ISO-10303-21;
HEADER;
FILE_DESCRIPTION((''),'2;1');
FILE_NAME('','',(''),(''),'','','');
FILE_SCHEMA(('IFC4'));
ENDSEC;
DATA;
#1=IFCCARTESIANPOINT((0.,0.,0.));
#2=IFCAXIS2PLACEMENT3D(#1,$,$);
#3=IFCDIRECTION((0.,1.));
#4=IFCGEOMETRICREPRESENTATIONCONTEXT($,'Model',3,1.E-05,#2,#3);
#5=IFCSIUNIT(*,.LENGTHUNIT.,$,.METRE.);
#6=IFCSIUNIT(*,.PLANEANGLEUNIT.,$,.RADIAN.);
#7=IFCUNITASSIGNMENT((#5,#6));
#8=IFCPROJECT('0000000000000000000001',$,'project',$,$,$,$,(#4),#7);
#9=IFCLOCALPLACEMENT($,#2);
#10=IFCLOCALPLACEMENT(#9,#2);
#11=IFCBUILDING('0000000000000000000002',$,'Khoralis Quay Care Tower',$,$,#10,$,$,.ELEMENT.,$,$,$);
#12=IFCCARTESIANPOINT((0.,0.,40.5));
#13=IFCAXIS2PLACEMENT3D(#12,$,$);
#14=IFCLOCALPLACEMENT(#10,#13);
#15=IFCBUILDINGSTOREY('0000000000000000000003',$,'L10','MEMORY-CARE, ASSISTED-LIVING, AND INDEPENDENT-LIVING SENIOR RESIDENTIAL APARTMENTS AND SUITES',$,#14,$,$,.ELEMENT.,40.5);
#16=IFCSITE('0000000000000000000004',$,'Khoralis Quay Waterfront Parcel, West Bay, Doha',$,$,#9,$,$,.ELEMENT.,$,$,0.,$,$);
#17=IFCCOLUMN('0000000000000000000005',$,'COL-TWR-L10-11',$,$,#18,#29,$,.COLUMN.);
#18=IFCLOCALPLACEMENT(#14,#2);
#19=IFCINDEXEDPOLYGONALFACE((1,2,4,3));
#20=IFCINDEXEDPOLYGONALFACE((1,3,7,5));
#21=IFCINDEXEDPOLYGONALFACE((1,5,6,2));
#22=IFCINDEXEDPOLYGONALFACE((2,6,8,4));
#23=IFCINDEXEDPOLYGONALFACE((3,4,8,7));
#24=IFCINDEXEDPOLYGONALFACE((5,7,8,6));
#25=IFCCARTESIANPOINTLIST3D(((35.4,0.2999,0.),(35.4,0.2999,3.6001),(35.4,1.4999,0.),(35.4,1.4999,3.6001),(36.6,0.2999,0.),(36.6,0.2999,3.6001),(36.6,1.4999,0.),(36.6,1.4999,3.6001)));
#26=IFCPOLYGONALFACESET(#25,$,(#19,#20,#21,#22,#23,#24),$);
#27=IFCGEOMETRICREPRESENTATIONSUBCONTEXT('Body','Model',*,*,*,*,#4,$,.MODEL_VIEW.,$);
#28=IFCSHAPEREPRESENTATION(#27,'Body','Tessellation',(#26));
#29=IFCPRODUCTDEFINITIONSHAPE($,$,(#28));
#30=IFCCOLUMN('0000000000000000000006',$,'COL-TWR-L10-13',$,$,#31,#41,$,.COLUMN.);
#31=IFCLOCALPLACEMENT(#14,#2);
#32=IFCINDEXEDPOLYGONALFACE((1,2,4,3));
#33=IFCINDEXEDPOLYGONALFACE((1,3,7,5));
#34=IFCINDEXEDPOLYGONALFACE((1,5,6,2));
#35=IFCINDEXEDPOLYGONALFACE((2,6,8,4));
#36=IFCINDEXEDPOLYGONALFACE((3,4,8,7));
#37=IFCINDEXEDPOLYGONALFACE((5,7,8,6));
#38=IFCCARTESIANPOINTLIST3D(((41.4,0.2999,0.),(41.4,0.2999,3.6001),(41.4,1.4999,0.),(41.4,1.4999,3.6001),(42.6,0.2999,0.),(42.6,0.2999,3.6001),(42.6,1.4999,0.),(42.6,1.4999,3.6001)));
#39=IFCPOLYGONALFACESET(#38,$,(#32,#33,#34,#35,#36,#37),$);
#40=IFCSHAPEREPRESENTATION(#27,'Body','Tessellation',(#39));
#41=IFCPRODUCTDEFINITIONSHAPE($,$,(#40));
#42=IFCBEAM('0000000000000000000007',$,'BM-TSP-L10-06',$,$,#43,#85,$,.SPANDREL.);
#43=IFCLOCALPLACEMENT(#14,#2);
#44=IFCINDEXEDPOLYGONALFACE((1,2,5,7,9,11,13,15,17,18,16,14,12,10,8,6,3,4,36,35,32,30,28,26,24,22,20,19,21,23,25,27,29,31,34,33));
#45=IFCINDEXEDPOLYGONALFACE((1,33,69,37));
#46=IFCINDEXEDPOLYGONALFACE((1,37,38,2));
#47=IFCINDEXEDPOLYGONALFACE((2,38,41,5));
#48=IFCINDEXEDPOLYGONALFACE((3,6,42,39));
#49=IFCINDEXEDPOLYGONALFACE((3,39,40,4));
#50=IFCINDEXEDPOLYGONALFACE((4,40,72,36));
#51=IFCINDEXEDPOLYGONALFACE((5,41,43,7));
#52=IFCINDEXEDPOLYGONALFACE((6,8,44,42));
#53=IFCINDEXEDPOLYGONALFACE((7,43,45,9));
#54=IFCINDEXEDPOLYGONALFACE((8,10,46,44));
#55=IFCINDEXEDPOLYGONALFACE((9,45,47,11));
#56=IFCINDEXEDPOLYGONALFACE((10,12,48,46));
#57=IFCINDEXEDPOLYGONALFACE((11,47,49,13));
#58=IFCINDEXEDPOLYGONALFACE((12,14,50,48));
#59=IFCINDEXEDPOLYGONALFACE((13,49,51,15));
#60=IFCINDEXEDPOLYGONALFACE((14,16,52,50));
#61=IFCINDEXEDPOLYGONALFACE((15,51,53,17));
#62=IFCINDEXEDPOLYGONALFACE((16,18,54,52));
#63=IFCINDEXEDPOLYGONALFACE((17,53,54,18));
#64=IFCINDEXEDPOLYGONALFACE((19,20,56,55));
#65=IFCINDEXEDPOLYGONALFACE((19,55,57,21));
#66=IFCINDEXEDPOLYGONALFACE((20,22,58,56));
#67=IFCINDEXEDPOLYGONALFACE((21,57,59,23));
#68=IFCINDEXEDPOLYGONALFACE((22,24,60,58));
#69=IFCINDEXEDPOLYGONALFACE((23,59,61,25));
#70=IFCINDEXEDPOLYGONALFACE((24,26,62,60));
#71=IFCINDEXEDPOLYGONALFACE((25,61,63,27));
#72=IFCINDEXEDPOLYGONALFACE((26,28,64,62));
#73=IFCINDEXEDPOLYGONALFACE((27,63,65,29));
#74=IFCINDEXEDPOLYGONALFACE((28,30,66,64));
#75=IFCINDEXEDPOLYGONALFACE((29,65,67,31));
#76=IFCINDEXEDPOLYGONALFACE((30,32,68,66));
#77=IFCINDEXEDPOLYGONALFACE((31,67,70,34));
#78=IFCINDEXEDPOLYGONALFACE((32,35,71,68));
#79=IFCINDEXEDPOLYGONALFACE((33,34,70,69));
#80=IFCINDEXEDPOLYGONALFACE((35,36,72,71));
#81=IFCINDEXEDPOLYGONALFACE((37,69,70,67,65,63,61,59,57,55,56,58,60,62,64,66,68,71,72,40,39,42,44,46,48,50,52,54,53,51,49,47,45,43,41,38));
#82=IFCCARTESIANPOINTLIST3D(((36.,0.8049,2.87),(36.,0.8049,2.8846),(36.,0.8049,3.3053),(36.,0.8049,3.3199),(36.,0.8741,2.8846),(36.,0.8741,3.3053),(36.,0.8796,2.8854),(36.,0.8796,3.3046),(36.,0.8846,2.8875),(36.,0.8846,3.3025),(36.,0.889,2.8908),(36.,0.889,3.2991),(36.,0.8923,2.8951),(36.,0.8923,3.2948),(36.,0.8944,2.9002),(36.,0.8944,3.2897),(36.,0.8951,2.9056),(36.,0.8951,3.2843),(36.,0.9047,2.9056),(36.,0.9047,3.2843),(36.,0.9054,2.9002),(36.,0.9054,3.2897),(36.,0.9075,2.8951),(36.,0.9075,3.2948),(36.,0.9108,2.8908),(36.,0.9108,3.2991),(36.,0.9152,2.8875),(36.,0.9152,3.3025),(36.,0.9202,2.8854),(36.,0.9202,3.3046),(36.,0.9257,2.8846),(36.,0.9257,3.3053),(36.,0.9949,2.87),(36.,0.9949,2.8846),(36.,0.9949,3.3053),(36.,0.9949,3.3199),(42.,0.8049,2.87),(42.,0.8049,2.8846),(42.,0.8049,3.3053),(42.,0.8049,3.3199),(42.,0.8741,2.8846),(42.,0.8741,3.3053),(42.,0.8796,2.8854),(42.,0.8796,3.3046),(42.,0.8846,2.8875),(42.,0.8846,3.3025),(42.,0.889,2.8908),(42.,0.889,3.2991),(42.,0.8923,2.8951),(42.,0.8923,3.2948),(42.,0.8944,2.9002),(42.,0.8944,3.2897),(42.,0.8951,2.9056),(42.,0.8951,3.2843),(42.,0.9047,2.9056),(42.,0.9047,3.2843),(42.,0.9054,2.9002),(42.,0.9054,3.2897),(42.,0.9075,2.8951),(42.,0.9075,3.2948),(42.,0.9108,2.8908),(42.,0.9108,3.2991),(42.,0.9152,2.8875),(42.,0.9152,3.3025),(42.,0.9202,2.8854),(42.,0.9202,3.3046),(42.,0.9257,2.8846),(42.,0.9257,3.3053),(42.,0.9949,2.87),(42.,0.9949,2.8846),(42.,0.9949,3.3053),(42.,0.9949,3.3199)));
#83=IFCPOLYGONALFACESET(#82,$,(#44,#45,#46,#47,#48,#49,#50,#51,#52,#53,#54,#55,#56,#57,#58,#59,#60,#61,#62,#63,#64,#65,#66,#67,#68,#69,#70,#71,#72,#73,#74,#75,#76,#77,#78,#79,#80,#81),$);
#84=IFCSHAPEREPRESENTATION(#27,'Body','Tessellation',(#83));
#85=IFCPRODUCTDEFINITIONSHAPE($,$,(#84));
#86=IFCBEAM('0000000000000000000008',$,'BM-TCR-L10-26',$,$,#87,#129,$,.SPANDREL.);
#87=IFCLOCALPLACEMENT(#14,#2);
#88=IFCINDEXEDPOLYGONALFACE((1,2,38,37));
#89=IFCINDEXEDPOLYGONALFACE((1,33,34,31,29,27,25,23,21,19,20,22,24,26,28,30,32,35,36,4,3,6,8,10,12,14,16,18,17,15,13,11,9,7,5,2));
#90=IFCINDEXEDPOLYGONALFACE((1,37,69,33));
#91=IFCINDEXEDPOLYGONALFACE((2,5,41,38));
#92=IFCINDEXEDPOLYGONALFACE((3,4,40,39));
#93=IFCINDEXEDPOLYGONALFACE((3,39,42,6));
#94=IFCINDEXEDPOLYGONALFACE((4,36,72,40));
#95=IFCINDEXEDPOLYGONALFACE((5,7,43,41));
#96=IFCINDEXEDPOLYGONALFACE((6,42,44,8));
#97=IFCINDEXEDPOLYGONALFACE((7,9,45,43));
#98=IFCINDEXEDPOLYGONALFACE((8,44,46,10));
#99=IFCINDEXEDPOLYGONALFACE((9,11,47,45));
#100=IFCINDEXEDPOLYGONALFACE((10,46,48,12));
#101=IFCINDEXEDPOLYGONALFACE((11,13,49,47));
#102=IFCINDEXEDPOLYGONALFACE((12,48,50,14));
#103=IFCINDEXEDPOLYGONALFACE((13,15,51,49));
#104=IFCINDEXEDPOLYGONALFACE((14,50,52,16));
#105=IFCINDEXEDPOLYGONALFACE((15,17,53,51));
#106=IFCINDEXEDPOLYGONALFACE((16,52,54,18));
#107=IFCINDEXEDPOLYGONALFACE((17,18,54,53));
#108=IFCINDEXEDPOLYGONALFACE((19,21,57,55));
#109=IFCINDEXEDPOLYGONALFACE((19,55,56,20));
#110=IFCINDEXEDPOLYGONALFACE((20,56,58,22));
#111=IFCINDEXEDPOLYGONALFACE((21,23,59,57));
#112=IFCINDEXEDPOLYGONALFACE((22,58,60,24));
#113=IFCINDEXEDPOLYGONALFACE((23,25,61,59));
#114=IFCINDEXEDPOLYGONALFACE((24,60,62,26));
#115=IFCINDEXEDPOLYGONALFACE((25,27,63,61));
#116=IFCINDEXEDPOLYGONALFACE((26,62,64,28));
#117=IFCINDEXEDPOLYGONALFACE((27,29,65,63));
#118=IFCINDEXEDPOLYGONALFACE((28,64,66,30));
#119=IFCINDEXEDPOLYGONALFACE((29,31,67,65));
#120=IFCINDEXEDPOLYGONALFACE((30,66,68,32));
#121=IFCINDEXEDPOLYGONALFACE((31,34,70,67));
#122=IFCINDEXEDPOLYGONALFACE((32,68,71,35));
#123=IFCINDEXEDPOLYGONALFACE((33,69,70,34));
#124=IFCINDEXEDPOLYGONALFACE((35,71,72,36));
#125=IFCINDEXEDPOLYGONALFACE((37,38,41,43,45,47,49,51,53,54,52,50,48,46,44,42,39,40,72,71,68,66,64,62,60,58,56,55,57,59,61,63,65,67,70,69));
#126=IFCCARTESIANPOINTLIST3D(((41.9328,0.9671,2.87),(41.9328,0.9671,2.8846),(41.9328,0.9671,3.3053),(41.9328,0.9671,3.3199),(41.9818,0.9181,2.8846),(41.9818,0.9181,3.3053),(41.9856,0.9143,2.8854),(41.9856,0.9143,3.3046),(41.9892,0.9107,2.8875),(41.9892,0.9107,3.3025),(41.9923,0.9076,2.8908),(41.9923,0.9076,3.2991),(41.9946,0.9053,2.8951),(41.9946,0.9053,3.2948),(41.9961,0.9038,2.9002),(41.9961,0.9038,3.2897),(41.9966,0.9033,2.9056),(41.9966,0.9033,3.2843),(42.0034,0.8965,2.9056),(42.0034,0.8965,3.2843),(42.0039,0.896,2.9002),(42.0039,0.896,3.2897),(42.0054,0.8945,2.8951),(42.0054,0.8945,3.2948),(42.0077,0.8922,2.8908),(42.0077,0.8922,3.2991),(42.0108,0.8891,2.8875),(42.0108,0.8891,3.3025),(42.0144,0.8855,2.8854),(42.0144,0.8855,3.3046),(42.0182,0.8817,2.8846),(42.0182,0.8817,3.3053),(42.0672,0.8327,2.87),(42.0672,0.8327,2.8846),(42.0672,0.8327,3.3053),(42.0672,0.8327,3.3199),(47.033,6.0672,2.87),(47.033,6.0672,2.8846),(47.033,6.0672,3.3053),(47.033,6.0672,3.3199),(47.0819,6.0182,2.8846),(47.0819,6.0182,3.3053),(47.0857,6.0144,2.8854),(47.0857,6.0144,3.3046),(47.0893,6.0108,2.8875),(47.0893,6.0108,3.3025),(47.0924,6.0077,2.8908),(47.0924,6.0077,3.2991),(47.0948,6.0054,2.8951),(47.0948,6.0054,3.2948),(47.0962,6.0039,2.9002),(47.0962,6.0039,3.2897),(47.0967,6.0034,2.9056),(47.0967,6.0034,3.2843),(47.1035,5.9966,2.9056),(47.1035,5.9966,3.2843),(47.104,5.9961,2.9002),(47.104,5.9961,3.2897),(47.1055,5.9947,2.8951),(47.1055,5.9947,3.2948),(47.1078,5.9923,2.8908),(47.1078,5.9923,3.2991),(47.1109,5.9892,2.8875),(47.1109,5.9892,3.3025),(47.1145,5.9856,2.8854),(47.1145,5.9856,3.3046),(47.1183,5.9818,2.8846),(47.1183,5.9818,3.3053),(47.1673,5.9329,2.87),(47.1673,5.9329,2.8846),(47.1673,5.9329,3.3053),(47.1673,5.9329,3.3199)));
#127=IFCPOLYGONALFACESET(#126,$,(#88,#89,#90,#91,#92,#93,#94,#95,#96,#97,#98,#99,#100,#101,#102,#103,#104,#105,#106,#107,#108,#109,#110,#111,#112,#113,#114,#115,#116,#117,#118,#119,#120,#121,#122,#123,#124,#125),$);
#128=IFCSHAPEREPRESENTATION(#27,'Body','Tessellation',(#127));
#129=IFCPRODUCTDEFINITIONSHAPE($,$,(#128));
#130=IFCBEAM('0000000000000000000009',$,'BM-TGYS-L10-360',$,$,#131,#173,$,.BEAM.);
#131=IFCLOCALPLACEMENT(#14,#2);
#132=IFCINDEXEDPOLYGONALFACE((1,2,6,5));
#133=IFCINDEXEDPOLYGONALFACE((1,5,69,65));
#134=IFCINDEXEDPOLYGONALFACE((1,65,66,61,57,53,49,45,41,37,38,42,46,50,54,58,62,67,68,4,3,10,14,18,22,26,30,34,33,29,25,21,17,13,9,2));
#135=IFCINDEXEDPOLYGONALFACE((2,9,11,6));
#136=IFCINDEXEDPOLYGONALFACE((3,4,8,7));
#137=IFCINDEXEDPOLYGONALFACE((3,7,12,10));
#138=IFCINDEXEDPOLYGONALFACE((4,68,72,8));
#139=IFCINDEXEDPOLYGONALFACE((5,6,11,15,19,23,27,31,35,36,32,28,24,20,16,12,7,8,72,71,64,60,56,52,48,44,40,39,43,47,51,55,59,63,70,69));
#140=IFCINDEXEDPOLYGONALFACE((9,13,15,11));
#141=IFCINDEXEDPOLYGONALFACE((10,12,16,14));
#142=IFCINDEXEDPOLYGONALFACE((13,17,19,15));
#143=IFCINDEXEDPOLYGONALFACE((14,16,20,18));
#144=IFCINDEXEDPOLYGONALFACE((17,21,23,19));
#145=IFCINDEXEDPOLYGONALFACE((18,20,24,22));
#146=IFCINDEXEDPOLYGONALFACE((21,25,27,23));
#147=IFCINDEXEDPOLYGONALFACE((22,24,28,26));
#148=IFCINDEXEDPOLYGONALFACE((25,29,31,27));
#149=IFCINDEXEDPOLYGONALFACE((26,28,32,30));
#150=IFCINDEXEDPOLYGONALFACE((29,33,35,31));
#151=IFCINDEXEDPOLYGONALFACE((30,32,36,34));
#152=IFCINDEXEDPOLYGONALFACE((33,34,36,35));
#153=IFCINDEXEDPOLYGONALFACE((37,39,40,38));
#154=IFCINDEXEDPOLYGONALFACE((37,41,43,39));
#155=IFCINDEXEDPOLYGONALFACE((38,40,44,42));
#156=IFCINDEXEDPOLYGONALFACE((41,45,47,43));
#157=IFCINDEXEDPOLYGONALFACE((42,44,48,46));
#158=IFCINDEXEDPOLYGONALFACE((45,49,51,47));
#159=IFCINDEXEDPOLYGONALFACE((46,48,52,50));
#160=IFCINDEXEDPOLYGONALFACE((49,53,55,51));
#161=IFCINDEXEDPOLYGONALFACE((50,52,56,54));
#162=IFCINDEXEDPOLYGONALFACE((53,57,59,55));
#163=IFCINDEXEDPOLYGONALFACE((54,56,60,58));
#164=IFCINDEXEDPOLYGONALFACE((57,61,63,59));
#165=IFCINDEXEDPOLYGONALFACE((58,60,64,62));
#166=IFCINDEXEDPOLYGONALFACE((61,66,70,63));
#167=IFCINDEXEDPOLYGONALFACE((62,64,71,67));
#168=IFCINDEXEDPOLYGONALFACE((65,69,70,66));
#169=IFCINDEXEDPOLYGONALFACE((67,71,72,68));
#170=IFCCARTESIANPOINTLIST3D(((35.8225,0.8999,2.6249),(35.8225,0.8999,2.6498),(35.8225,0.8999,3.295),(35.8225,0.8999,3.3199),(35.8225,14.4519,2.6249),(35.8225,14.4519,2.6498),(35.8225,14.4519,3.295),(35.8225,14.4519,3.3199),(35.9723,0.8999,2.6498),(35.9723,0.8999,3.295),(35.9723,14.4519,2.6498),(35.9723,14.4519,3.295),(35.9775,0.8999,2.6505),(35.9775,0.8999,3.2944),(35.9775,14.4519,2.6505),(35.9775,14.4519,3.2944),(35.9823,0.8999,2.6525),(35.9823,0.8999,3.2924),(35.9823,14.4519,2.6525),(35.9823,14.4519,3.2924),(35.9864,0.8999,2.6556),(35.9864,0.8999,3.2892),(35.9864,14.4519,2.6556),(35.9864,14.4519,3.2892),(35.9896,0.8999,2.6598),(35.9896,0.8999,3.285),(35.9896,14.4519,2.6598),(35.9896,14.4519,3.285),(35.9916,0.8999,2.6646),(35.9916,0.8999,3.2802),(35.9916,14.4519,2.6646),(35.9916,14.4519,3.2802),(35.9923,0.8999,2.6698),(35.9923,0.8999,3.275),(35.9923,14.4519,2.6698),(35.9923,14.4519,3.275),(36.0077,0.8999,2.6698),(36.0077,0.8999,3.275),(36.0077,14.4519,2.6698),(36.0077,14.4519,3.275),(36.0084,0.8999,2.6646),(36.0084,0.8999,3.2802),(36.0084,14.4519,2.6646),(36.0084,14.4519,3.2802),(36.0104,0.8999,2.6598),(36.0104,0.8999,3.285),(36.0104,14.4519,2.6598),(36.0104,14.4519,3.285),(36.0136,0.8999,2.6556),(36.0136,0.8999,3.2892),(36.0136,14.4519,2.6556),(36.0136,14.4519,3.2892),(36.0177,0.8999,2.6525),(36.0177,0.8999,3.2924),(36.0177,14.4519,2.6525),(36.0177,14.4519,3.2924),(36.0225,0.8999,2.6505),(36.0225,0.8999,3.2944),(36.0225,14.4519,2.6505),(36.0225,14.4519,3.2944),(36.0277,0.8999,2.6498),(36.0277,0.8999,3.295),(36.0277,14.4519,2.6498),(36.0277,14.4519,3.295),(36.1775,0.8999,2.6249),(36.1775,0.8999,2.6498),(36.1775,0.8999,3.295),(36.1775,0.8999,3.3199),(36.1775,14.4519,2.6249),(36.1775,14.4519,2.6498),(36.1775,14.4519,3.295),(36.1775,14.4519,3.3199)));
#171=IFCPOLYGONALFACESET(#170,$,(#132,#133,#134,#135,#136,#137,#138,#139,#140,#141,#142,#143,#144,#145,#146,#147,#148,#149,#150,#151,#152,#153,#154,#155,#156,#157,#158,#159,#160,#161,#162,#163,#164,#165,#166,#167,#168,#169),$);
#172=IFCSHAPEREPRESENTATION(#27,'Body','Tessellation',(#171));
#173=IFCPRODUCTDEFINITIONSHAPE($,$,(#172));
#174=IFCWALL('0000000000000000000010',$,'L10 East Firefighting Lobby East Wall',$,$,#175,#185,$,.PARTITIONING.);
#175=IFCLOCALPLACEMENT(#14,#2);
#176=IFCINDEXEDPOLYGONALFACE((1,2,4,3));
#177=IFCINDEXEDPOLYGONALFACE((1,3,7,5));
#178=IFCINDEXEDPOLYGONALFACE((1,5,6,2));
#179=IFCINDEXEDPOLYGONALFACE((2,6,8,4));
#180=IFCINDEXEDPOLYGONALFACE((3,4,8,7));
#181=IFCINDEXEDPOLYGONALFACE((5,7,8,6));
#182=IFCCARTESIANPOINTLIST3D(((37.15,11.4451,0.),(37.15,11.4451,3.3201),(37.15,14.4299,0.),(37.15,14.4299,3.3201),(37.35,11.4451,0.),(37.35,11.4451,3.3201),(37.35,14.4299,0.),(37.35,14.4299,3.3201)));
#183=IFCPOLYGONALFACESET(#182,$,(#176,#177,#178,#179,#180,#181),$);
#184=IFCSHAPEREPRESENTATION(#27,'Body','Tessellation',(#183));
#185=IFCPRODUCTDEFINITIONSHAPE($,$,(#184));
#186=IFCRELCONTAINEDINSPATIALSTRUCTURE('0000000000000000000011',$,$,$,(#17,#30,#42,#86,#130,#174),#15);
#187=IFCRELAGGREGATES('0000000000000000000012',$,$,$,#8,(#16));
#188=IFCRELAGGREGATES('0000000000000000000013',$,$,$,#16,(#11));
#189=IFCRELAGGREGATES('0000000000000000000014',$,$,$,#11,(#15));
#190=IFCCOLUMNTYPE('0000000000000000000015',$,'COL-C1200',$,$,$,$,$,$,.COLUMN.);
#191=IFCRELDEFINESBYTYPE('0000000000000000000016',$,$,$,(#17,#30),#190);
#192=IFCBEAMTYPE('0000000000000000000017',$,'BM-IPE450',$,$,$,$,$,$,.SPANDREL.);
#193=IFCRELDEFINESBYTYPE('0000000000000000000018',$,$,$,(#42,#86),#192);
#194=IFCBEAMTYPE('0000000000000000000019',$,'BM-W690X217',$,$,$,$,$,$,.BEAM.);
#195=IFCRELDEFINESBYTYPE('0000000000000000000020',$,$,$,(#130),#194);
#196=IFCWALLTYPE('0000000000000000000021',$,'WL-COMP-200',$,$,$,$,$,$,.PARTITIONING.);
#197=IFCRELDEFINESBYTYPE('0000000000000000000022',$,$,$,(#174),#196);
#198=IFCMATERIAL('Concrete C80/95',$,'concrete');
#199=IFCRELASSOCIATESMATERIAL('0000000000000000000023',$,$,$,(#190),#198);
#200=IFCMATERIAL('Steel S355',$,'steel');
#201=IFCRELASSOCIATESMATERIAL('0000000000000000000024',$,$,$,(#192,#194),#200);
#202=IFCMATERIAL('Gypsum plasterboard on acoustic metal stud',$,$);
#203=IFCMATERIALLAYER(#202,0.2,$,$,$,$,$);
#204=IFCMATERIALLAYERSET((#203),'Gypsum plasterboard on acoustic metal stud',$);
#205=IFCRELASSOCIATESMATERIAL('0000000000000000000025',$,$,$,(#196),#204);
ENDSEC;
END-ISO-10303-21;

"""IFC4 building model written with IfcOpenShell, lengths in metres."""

from ifc_helpers import new_model, si_unit, direction, frame, frame_2d, origin, origin_2d, place, context, subcontext, project, spatial, rectangle, i_section, extrude, source, transform, mapped, material, layer, layer_set, material_profile, profile_set, type_object, element, save


model = new_model("IFC4")

# Units and contexts
model_context = context("Model", 3, precision=1e-05, world=origin(), true_north=direction((0.0, 1.0)))
body_context = subcontext(model_context, "Body", "Model", "MODEL_VIEW")
ifc_project = project(units=[si_unit("LENGTHUNIT", "METRE"), si_unit("PLANEANGLEUNIT", "RADIAN")], contexts=[model_context])

# Site, building, storey
site_placement = place(None, origin())
site = spatial("IfcSite", under=ifc_project, at=site_placement, Name="Khoralis Quay Waterfront Parcel, West Bay, Doha", CompositionType="ELEMENT", RefElevation=0.0)
building_placement = place(site_placement, origin())
building = spatial("IfcBuilding", under=site, at=building_placement, Name="Khoralis Quay Care Tower", CompositionType="ELEMENT")
storey_placement = place(building_placement, frame((0.0, 0.0, 40.5)))
storey = spatial("IfcBuildingStorey", under=building, at=storey_placement, Name="L10", Description="MEMORY-CARE, ASSISTED-LIVING, AND INDEPENDENT-LIVING SENIOR RESIDENTIAL APARTMENTS AND SUITES", CompositionType="ELEMENT", Elevation=40.5)

# Columns
ifc_material_1 = material(Name="Concrete C80/95", Category="concrete")
ifc_material_profile_1 = material_profile(ifc_material_1, rectangle(XDim=1.2, YDim=1.2, at=origin_2d()), Name="Concrete C80/95")
ifc_profile_set_1 = profile_set([ifc_material_profile_1], Name="Concrete C80/95")
column_type = type_object("IfcColumnType", Name="COL-C1200", PredefinedType="COLUMN", material=ifc_profile_set_1)
shared_shape_1 = source(origin(), body_context, "Body", "SweptSolid", [
    extrude(rectangle(XDim=1.2, YDim=1.2, at=origin_2d()), origin(), (0.0, 0.0, 1.0), 3.6001),
])
for number, where, z_axis, x_axis, name in (
    (1, (36.0, 0.8999, 0.0), (0.0, 0.0, 1.0), (1.0, 0.0, 0.0), "COL-TWR-L10-11"),
    (2, (42.0, 0.8999, 0.0), (0.0, 0.0, 1.0), (1.0, 0.0, 0.0), "COL-TWR-L10-13"),
):
    element("IfcColumn", number, at=place(storey_placement, frame(where, z_axis=z_axis, x_axis=x_axis)), inside=storey, type_object=column_type, Name=name, PredefinedType="COLUMN", context=body_context, shape_type="MappedRepresentation", body=[
        mapped(shared_shape_1, transform((0.0, 0.0, 0.0), scale=1.0)),
    ])

# Beams
ifc_material_2 = material(Name="Steel S355", Category="steel")
ifc_material_profile_2 = material_profile(ifc_material_2, i_section(OverallWidth=0.1899, OverallDepth=0.45, WebThickness=0.0095, FlangeThickness=0.0146, FilletRadius=0.021, at=origin_2d()), Name="Steel S355")
ifc_profile_set_2 = profile_set([ifc_material_profile_2], Name="Steel S355")
beam_type_1 = type_object("IfcBeamType", Name="BM-IPE450", PredefinedType="SPANDREL", material=ifc_profile_set_2)
shared_shape_2 = source(origin(), body_context, "Body", "SweptSolid", [
    extrude(i_section(OverallWidth=0.1899, OverallDepth=0.45, WebThickness=0.0095, FlangeThickness=0.0146, FilletRadius=0.021, at=origin_2d()), origin(), (0.0, 0.0, 1.0), 6.0),
])
beam_1_placement = place(storey_placement, frame((36.0, 0.8999, 3.095), z_axis=(1.0, 0.0, 0.0), x_axis=(0.0, 1.0, 0.0)))
element("IfcBeam", 3, at=beam_1_placement, inside=storey, type_object=beam_type_1, Name="BM-TSP-L10-06", PredefinedType="SPANDREL", context=body_context, shape_type="MappedRepresentation", body=[
    mapped(shared_shape_2, transform((0.0, 0.0, 0.0), scale=1.0)),
])
shared_shape_3 = source(origin(), body_context, "Body", "SweptSolid", [
    extrude(i_section(OverallWidth=0.1899, OverallDepth=0.45, WebThickness=0.0095, FlangeThickness=0.0146, FilletRadius=0.021, at=origin_2d()), origin(), (0.0, 0.0, 1.0), 7.2126),
])
beam_2_placement = place(storey_placement, frame((42.0, 0.8999, 3.095), z_axis=(0.707107, 0.707107, 0.0), x_axis=(-0.707107, 0.707107, 0.0)))
element("IfcBeam", 4, at=beam_2_placement, inside=storey, type_object=beam_type_1, Name="BM-TCR-L10-26", PredefinedType="SPANDREL", context=body_context, shape_type="MappedRepresentation", body=[
    mapped(shared_shape_3, transform((0.0, 0.0, 0.0), scale=1.0)),
])
ifc_material_profile_3 = material_profile(ifc_material_2, i_section(OverallWidth=0.355, OverallDepth=0.6951, WebThickness=0.0154, FlangeThickness=0.0249, FilletRadius=0.02, at=origin_2d()), Name="Steel S355")
ifc_profile_set_3 = profile_set([ifc_material_profile_3], Name="Steel S355")
beam_type_2 = type_object("IfcBeamType", Name="BM-W690X217", PredefinedType="BEAM", material=ifc_profile_set_3)
shared_shape_4 = source(origin(), body_context, "Body", "SweptSolid", [
    extrude(i_section(OverallWidth=0.355, OverallDepth=0.6951, WebThickness=0.0154, FlangeThickness=0.0249, FilletRadius=0.02, at=origin_2d()), origin(), (0.0, 0.0, 1.0), 13.552),
])
beam_3_placement = place(storey_placement, frame((36.0, 0.8999, 2.9724), z_axis=(0.0, 1.0, 0.0), x_axis=(-1.0, 0.0, 0.0)))
element("IfcBeam", 5, at=beam_3_placement, inside=storey, type_object=beam_type_2, Name="BM-TGYS-L10-360", PredefinedType="BEAM", context=body_context, shape_type="MappedRepresentation", body=[
    mapped(shared_shape_4, transform((0.0, 0.0, 0.0), scale=1.0)),
])

# Wall
ifc_material_3 = material(Name="Gypsum plasterboard on acoustic metal stud")
ifc_layer_1 = layer(ifc_material_3, 0.2)
ifc_layer_set_1 = layer_set([ifc_layer_1], Name="Gypsum plasterboard on acoustic metal stud")
wall_type_1 = type_object("IfcWallType", Name="WL-COMP-200", PredefinedType="PARTITIONING", material=ifc_layer_set_1)
wall_1_placement = place(storey_placement, frame((37.25, 11.4451, 0.0), z_axis=(0.0, 0.0, 1.0), x_axis=(0.0, 1.0, 0.0)))
element("IfcWall", 6, at=wall_1_placement, inside=storey, type_object=wall_type_1, Name="L10 East Firefighting Lobby East Wall", PredefinedType="PARTITIONING", context=body_context, shape_type="SweptSolid", body=[
    extrude(rectangle(XDim=2.9849, YDim=0.2, at=frame_2d((1.4924, 0.0))), origin(), (0.0, 0.0, 1.0), 3.3201),
])

save(model, "model.ifc")
